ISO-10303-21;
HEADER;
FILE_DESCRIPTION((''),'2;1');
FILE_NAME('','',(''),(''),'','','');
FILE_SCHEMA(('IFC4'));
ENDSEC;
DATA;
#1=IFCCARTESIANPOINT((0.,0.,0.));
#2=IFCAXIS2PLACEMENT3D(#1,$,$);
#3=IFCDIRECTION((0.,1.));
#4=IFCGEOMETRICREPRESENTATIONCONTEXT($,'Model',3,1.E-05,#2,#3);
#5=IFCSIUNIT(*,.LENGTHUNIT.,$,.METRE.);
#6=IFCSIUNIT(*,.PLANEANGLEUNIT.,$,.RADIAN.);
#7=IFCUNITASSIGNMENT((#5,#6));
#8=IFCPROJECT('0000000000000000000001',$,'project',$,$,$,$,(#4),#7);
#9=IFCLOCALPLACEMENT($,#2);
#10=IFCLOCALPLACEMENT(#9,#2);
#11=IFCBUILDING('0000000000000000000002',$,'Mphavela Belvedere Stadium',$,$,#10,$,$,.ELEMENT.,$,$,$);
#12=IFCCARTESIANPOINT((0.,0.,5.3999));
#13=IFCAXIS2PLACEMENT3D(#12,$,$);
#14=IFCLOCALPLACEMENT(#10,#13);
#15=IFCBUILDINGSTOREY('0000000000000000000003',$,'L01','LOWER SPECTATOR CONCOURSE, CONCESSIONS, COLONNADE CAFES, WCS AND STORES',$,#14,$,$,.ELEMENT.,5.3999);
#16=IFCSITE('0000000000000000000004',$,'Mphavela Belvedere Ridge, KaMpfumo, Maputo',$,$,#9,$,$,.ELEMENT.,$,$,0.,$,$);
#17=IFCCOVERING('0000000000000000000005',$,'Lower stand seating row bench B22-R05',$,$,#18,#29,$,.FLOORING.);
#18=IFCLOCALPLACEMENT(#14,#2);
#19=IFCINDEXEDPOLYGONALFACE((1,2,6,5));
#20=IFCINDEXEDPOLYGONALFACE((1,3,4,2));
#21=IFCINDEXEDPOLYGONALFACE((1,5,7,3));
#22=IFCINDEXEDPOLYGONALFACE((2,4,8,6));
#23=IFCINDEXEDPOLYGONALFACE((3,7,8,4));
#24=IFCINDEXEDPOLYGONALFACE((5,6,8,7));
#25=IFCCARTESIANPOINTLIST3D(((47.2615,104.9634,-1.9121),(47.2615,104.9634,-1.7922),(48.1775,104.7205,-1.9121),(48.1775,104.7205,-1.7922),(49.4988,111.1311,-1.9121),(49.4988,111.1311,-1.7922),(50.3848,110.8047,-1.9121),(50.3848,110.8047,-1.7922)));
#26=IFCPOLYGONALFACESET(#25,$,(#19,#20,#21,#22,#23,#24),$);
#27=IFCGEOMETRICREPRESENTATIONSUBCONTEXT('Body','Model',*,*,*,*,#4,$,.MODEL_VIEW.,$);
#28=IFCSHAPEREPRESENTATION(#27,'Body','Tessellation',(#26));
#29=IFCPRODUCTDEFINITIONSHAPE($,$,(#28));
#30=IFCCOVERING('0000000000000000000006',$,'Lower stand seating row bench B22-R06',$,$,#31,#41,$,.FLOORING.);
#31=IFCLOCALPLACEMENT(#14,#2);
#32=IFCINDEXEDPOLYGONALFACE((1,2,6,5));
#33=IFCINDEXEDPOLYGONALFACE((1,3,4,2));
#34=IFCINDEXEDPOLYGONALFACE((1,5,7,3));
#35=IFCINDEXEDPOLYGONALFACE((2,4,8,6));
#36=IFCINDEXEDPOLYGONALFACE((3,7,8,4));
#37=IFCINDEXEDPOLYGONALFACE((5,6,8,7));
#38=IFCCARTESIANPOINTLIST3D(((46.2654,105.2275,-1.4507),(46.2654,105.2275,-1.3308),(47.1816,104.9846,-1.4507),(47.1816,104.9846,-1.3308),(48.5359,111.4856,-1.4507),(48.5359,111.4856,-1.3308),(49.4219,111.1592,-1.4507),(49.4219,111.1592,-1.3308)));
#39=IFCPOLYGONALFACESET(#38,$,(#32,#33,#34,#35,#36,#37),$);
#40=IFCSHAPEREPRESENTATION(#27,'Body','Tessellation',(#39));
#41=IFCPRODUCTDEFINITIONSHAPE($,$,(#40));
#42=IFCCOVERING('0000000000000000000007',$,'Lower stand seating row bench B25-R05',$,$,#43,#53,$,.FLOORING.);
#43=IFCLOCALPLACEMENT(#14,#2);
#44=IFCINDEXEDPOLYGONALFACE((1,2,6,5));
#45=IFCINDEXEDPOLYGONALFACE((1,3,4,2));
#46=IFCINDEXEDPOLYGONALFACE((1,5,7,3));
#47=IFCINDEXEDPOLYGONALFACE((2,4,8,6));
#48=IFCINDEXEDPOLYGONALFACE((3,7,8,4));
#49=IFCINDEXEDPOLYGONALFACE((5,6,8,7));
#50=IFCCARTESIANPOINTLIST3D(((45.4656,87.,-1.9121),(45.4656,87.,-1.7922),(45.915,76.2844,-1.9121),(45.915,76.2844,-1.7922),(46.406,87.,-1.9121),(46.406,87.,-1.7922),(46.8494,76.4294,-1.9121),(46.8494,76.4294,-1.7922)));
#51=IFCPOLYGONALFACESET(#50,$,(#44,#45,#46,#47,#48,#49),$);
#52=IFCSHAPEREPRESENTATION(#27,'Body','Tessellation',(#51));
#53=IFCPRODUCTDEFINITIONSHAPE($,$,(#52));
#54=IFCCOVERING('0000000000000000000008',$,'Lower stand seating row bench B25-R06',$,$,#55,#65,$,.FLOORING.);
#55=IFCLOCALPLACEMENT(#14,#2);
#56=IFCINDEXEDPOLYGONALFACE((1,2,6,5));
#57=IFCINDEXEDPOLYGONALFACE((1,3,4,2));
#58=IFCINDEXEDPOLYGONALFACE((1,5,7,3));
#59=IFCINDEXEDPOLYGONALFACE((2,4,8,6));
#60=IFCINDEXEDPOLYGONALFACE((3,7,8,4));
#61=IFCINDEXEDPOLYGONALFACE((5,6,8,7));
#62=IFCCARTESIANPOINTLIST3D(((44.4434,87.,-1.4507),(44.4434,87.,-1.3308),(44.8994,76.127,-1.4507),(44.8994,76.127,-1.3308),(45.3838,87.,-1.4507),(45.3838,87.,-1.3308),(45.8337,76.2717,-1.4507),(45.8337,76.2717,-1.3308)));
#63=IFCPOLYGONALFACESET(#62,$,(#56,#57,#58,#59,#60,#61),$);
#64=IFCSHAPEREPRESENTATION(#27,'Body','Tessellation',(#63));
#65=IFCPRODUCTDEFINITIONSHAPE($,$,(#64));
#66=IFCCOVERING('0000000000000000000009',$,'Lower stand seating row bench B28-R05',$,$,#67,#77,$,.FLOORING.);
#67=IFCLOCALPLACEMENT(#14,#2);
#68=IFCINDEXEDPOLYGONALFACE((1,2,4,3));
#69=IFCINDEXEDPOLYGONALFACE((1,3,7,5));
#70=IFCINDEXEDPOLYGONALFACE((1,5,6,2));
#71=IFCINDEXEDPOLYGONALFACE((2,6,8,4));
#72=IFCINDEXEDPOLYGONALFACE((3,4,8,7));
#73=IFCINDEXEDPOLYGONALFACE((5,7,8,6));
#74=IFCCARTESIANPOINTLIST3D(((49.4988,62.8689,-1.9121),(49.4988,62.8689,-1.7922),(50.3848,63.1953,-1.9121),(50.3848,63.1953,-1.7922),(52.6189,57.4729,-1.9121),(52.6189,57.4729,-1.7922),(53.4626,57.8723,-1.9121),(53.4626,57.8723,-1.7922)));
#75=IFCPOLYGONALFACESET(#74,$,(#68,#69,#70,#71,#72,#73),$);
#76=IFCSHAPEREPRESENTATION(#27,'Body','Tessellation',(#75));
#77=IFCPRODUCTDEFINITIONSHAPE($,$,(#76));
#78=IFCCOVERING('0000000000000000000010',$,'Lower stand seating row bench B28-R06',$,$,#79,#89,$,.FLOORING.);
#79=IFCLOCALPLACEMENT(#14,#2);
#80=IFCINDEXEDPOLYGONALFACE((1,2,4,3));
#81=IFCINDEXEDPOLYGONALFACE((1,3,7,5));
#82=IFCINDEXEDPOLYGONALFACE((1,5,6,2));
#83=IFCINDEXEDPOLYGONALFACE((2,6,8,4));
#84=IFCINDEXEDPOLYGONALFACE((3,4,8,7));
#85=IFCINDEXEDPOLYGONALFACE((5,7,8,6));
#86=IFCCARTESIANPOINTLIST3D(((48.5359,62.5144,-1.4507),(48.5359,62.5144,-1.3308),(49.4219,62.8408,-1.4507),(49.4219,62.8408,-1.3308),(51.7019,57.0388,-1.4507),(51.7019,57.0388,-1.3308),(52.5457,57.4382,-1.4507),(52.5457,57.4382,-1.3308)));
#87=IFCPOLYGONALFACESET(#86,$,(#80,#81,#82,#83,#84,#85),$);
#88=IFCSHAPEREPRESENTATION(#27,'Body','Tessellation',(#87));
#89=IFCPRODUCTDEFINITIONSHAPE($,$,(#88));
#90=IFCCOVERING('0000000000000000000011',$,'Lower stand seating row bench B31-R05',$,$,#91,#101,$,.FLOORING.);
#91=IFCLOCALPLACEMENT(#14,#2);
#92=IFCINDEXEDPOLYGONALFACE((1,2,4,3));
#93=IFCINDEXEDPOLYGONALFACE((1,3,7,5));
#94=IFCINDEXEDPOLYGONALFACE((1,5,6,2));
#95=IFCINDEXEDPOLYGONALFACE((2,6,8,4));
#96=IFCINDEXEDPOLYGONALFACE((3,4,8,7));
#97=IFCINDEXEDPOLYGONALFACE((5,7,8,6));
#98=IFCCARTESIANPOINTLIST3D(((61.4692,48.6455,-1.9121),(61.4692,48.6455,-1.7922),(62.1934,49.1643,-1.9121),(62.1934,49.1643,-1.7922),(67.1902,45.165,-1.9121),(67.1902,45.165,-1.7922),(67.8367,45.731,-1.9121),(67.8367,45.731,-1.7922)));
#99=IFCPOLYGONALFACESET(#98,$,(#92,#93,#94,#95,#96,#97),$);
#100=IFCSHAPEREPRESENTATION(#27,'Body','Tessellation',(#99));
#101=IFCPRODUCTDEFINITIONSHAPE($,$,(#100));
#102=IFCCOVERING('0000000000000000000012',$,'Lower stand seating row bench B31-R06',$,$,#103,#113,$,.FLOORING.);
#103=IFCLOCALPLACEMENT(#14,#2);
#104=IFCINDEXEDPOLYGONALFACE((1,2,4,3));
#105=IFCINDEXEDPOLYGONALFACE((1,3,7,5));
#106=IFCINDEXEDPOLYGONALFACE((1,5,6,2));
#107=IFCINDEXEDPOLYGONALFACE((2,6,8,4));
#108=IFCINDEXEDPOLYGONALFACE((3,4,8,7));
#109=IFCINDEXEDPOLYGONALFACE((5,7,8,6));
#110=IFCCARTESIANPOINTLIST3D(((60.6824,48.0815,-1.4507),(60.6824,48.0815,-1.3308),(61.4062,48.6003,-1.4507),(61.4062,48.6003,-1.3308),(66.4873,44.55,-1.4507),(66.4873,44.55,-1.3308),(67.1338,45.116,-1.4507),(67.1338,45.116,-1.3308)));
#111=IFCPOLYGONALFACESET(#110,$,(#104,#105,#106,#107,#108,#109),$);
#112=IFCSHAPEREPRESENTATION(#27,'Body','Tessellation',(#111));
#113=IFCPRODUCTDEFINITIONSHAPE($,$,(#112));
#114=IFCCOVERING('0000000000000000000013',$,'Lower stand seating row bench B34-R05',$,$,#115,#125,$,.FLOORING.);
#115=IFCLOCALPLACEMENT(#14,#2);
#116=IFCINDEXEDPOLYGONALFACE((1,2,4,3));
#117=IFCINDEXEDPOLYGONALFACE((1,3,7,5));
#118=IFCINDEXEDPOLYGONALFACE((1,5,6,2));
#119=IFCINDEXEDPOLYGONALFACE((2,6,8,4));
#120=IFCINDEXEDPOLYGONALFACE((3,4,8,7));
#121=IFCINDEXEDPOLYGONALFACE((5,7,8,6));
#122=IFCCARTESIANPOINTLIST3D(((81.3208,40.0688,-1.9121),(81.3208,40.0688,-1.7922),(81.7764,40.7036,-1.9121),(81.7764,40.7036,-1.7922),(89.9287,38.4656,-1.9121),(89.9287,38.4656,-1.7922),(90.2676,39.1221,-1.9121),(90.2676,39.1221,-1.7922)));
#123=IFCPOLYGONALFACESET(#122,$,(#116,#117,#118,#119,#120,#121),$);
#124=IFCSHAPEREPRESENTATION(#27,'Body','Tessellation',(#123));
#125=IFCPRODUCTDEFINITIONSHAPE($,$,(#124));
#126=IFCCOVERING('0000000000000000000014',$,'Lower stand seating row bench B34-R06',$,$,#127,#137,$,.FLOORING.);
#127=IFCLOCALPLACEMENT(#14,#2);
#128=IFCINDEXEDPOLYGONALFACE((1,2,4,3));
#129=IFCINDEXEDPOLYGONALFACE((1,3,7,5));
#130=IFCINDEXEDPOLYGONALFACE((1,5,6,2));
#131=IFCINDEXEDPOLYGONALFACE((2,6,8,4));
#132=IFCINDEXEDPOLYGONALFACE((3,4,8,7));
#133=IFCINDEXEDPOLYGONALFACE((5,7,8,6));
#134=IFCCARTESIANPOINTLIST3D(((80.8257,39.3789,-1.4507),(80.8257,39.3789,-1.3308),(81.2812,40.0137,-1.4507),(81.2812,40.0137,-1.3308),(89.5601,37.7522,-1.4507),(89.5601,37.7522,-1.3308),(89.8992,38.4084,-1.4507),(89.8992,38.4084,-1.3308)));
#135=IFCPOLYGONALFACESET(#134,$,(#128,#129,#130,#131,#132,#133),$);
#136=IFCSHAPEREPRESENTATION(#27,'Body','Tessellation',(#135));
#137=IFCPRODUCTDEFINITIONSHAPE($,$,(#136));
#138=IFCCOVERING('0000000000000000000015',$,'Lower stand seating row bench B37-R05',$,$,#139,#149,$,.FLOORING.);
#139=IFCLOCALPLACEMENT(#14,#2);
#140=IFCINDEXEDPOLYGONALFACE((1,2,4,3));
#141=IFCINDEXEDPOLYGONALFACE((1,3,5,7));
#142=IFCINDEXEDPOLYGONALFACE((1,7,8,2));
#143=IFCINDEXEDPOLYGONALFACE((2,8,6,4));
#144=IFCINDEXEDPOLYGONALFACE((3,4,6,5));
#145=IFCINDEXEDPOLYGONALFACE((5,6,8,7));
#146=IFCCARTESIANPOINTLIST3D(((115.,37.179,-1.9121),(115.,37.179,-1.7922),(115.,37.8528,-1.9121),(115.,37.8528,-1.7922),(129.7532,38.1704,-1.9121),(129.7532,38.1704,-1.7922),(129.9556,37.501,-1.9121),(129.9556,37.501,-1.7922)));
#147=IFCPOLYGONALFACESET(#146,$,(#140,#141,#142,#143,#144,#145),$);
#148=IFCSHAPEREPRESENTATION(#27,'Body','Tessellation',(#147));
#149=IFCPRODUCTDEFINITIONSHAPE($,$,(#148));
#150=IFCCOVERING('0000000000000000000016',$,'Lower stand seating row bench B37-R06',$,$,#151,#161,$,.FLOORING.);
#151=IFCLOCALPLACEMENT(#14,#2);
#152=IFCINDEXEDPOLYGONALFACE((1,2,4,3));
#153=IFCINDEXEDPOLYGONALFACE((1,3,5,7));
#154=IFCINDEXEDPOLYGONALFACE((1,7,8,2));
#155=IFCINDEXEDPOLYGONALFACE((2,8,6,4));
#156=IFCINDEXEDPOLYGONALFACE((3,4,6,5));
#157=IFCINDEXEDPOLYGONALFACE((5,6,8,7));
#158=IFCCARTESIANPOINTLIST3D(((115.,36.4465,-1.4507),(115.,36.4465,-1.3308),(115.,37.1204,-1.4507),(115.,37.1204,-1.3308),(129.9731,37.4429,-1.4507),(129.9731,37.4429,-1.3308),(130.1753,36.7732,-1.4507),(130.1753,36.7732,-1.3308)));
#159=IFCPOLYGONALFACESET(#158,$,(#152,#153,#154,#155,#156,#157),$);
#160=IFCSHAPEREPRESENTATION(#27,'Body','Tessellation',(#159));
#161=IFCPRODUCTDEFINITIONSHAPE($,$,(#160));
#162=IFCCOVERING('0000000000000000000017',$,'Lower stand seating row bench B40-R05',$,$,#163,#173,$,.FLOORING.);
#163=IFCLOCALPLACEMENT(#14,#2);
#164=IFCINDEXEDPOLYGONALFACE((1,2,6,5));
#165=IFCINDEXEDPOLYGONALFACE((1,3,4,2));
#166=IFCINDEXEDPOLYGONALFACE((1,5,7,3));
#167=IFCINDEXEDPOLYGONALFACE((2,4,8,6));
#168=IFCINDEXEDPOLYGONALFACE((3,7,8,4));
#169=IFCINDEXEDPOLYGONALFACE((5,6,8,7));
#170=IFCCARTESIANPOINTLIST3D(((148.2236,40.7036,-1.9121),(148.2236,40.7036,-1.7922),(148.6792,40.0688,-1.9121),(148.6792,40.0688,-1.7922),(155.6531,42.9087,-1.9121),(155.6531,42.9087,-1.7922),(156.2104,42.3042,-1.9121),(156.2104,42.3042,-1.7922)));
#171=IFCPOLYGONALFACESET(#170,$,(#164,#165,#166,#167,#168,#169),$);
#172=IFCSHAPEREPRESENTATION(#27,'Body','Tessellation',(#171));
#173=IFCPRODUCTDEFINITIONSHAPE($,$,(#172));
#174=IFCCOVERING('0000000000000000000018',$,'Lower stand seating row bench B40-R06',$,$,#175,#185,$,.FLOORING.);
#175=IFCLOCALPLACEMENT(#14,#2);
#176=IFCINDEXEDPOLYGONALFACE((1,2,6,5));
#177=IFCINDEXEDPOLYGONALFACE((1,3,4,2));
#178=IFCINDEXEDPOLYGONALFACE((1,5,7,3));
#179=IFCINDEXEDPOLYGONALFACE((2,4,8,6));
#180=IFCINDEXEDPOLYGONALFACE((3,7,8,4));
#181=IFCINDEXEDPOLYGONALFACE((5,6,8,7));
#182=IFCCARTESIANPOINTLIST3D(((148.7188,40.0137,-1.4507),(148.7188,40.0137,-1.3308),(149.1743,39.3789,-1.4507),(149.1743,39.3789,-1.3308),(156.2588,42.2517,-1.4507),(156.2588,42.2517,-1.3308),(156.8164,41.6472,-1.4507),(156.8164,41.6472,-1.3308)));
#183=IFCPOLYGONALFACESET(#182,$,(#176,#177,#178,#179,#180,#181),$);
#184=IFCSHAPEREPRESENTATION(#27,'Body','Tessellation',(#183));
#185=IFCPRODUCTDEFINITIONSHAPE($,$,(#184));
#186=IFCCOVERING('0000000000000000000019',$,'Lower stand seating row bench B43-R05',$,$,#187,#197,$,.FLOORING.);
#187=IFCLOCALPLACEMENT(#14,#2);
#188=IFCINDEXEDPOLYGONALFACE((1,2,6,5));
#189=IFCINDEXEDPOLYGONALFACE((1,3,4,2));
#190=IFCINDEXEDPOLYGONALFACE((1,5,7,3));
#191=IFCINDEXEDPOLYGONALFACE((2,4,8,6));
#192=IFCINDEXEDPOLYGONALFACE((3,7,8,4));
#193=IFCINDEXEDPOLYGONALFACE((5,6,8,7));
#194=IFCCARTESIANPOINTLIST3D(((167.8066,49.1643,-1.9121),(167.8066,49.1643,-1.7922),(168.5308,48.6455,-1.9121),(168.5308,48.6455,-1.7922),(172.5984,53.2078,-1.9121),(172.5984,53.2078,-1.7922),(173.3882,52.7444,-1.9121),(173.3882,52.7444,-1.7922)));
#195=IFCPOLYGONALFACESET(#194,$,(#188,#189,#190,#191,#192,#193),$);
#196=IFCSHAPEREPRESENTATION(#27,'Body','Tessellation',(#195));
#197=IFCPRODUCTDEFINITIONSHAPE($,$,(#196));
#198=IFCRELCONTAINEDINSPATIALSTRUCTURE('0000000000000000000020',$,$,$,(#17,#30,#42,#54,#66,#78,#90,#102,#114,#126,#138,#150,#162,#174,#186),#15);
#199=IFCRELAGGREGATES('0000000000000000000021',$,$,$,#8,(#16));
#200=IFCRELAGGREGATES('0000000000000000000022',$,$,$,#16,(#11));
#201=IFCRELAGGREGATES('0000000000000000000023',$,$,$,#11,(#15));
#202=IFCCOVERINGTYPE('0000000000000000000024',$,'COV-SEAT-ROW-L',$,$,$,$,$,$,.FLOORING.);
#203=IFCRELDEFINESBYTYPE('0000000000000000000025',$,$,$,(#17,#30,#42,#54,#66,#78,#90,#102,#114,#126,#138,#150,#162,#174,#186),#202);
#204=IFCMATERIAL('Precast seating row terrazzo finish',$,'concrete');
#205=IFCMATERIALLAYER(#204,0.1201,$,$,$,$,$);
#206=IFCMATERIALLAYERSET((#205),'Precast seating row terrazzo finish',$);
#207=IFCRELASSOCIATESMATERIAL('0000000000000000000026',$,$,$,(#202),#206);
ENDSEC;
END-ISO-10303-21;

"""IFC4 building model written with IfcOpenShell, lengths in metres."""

from ifc_helpers import new_model, si_unit, direction, frame, origin, place, context, subcontext, project, spatial, polyline, outline, extrude, material, layer, layer_set, type_object, element, save


model = new_model("IFC4")

# Units and contexts
model_context = context("Model", 3, precision=1e-05, world=origin(), true_north=direction((0.0, 1.0)))
body_context = subcontext(model_context, "Body", "Model", "MODEL_VIEW")
ifc_project = project(units=[si_unit("LENGTHUNIT", "METRE"), si_unit("PLANEANGLEUNIT", "RADIAN")], contexts=[model_context])

# Site, building, storey
site_placement = place(None, origin())
site = spatial("IfcSite", under=ifc_project, at=site_placement, Name="Mphavela Belvedere Ridge, KaMpfumo, Maputo", CompositionType="ELEMENT", RefElevation=0.0)
building_placement = place(site_placement, origin())
building = spatial("IfcBuilding", under=site, at=building_placement, Name="Mphavela Belvedere Stadium", CompositionType="ELEMENT")
storey_placement = place(building_placement, frame((0.0, 0.0, 5.3999)))
storey = spatial("IfcBuildingStorey", under=building, at=storey_placement, Name="L01", Description="LOWER SPECTATOR CONCOURSE, CONCESSIONS, COLONNADE CAFES, WCS AND STORES", CompositionType="ELEMENT", Elevation=5.3999)

# Coverings
ifc_material = material(Name="Precast seating row terrazzo finish", Category="concrete")
ifc_layer = layer(ifc_material, 0.1201)
ifc_layer_set = layer_set([ifc_layer], Name="Precast seating row terrazzo finish")
covering_type = type_object("IfcCoveringType", Name="COV-SEAT-ROW-L", PredefinedType="FLOORING", material=ifc_layer_set)
covering_1_placement = place(storey_placement, frame((0.0, 0.0, -1.9121)))
element("IfcCovering", 1, at=covering_1_placement, inside=storey, type_object=covering_type, Name="Lower stand seating row bench B22-R05", PredefinedType="FLOORING", context=body_context, shape_type="SweptSolid", body=[
    extrude(outline(polyline([(50.3848, 110.8047), (48.1775, 104.7205), (47.2615, 104.9634), (49.4988, 111.1311), (50.3848, 110.8047)])), origin(), (0.0, 0.0, 1.0), 0.1199),
])
covering_2_placement = place(storey_placement, frame((0.0, 0.0, -1.4507)))
element("IfcCovering", 2, at=covering_2_placement, inside=storey, type_object=covering_type, Name="Lower stand seating row bench B22-R06", PredefinedType="FLOORING", context=body_context, shape_type="SweptSolid", body=[
    extrude(outline(polyline([(49.4219, 111.1592), (47.1816, 104.9846), (46.2654, 105.2275), (48.5359, 111.4856), (49.4219, 111.1592)])), origin(), (0.0, 0.0, 1.0), 0.1199),
])
covering_3_placement = place(storey_placement, frame((0.0, 0.0, -1.9121)))
element("IfcCovering", 3, at=covering_3_placement, inside=storey, type_object=covering_type, Name="Lower stand seating row bench B25-R05", PredefinedType="FLOORING", context=body_context, shape_type="SweptSolid", body=[
    extrude(outline(polyline([(46.406, 87.0), (46.8494, 76.4294), (45.915, 76.2844), (45.4656, 87.0), (46.406, 87.0)])), origin(), (0.0, 0.0, 1.0), 0.1199),
])
covering_4_placement = place(storey_placement, frame((0.0, 0.0, -1.4507)))
element("IfcCovering", 4, at=covering_4_placement, inside=storey, type_object=covering_type, Name="Lower stand seating row bench B25-R06", PredefinedType="FLOORING", context=body_context, shape_type="SweptSolid", body=[
    extrude(outline(polyline([(45.3838, 87.0), (45.8337, 76.2717), (44.8994, 76.127), (44.4434, 87.0), (45.3838, 87.0)])), origin(), (0.0, 0.0, 1.0), 0.1199),
])
covering_5_placement = place(storey_placement, frame((0.0, 0.0, -1.9121)))
element("IfcCovering", 5, at=covering_5_placement, inside=storey, type_object=covering_type, Name="Lower stand seating row bench B28-R05", PredefinedType="FLOORING", context=body_context, shape_type="SweptSolid", body=[
    extrude(outline(polyline([(50.3848, 63.1953), (53.4626, 57.8723), (52.6189, 57.4729), (49.4988, 62.8689), (50.3848, 63.1953)])), origin(), (0.0, 0.0, 1.0), 0.1199),
])
covering_6_placement = place(storey_placement, frame((0.0, 0.0, -1.4507)))
element("IfcCovering", 6, at=covering_6_placement, inside=storey, type_object=covering_type, Name="Lower stand seating row bench B28-R06", PredefinedType="FLOORING", context=body_context, shape_type="SweptSolid", body=[
    extrude(outline(polyline([(49.4219, 62.8408), (52.5457, 57.4382), (51.7019, 57.0388), (48.5359, 62.5144), (49.4219, 62.8408)])), origin(), (0.0, 0.0, 1.0), 0.1199),
])
covering_7_placement = place(storey_placement, frame((0.0, 0.0, -1.9121)))
element("IfcCovering", 7, at=covering_7_placement, inside=storey, type_object=covering_type, Name="Lower stand seating row bench B31-R05", PredefinedType="FLOORING", context=body_context, shape_type="SweptSolid", body=[
    extrude(outline(polyline([(62.1934, 49.1643), (67.8367, 45.731), (67.1902, 45.165), (61.4692, 48.6455), (62.1934, 49.1643)])), origin(), (0.0, 0.0, 1.0), 0.1199),
])
covering_8_placement = place(storey_placement, frame((0.0, 0.0, -1.4507)))
element("IfcCovering", 8, at=covering_8_placement, inside=storey, type_object=covering_type, Name="Lower stand seating row bench B31-R06", PredefinedType="FLOORING", context=body_context, shape_type="SweptSolid", body=[
    extrude(outline(polyline([(61.4062, 48.6003), (67.1338, 45.116), (66.4873, 44.55), (60.6824, 48.0815), (61.4062, 48.6003)])), origin(), (0.0, 0.0, 1.0), 0.1199),
])
covering_9_placement = place(storey_placement, frame((0.0, 0.0, -1.9121)))
element("IfcCovering", 9, at=covering_9_placement, inside=storey, type_object=covering_type, Name="Lower stand seating row bench B34-R05", PredefinedType="FLOORING", context=body_context, shape_type="SweptSolid", body=[
    extrude(outline(polyline([(81.7764, 40.7036), (90.2676, 39.1221), (89.9287, 38.4656), (81.3208, 40.0688), (81.7764, 40.7036)])), origin(), (0.0, 0.0, 1.0), 0.1199),
])
covering_10_placement = place(storey_placement, frame((0.0, 0.0, -1.4507)))
element("IfcCovering", 10, at=covering_10_placement, inside=storey, type_object=covering_type, Name="Lower stand seating row bench B34-R06", PredefinedType="FLOORING", context=body_context, shape_type="SweptSolid", body=[
    extrude(outline(polyline([(81.2812, 40.0137), (89.8992, 38.4084), (89.5601, 37.7522), (80.8257, 39.3789), (81.2812, 40.0137)])), origin(), (0.0, 0.0, 1.0), 0.1199),
])
covering_11_placement = place(storey_placement, frame((0.0, 0.0, -1.9121)))
element("IfcCovering", 11, at=covering_11_placement, inside=storey, type_object=covering_type, Name="Lower stand seating row bench B37-R05", PredefinedType="FLOORING", context=body_context, shape_type="SweptSolid", body=[
    extrude(outline(polyline([(115.0, 37.8528), (129.7532, 38.1704), (129.9556, 37.501), (115.0, 37.179), (115.0, 37.8528)])), origin(), (0.0, 0.0, 1.0), 0.1199),
])
covering_12_placement = place(storey_placement, frame((0.0, 0.0, -1.4507)))
element("IfcCovering", 12, at=covering_12_placement, inside=storey, type_object=covering_type, Name="Lower stand seating row bench B37-R06", PredefinedType="FLOORING", context=body_context, shape_type="SweptSolid", body=[
    extrude(outline(polyline([(115.0, 37.1204), (129.9731, 37.4429), (130.1753, 36.7732), (115.0, 36.4465), (115.0, 37.1204)])), origin(), (0.0, 0.0, 1.0), 0.1199),
])
covering_13_placement = place(storey_placement, frame((0.0, 0.0, -1.9121)))
element("IfcCovering", 13, at=covering_13_placement, inside=storey, type_object=covering_type, Name="Lower stand seating row bench B40-R05", PredefinedType="FLOORING", context=body_context, shape_type="SweptSolid", body=[
    extrude(outline(polyline([(148.2236, 40.7036), (155.6531, 42.9087), (156.2104, 42.3042), (148.6792, 40.0688), (148.2236, 40.7036)])), origin(), (0.0, 0.0, 1.0), 0.1199),
])
covering_14_placement = place(storey_placement, frame((0.0, 0.0, -1.4507)))
element("IfcCovering", 14, at=covering_14_placement, inside=storey, type_object=covering_type, Name="Lower stand seating row bench B40-R06", PredefinedType="FLOORING", context=body_context, shape_type="SweptSolid", body=[
    extrude(outline(polyline([(148.7188, 40.0137), (156.2588, 42.2517), (156.8164, 41.6472), (149.1743, 39.3789), (148.7188, 40.0137)])), origin(), (0.0, 0.0, 1.0), 0.1199),
])
covering_15_placement = place(storey_placement, frame((0.0, 0.0, -1.9121)))
element("IfcCovering", 15, at=covering_15_placement, inside=storey, type_object=covering_type, Name="Lower stand seating row bench B43-R05", PredefinedType="FLOORING", context=body_context, shape_type="SweptSolid", body=[
    extrude(outline(polyline([(167.8066, 49.1643), (172.5984, 53.2078), (173.3882, 52.7444), (168.5308, 48.6455), (167.8066, 49.1643)])), origin(), (0.0, 0.0, 1.0), 0.1199),
])

save(model, "model.ifc")
